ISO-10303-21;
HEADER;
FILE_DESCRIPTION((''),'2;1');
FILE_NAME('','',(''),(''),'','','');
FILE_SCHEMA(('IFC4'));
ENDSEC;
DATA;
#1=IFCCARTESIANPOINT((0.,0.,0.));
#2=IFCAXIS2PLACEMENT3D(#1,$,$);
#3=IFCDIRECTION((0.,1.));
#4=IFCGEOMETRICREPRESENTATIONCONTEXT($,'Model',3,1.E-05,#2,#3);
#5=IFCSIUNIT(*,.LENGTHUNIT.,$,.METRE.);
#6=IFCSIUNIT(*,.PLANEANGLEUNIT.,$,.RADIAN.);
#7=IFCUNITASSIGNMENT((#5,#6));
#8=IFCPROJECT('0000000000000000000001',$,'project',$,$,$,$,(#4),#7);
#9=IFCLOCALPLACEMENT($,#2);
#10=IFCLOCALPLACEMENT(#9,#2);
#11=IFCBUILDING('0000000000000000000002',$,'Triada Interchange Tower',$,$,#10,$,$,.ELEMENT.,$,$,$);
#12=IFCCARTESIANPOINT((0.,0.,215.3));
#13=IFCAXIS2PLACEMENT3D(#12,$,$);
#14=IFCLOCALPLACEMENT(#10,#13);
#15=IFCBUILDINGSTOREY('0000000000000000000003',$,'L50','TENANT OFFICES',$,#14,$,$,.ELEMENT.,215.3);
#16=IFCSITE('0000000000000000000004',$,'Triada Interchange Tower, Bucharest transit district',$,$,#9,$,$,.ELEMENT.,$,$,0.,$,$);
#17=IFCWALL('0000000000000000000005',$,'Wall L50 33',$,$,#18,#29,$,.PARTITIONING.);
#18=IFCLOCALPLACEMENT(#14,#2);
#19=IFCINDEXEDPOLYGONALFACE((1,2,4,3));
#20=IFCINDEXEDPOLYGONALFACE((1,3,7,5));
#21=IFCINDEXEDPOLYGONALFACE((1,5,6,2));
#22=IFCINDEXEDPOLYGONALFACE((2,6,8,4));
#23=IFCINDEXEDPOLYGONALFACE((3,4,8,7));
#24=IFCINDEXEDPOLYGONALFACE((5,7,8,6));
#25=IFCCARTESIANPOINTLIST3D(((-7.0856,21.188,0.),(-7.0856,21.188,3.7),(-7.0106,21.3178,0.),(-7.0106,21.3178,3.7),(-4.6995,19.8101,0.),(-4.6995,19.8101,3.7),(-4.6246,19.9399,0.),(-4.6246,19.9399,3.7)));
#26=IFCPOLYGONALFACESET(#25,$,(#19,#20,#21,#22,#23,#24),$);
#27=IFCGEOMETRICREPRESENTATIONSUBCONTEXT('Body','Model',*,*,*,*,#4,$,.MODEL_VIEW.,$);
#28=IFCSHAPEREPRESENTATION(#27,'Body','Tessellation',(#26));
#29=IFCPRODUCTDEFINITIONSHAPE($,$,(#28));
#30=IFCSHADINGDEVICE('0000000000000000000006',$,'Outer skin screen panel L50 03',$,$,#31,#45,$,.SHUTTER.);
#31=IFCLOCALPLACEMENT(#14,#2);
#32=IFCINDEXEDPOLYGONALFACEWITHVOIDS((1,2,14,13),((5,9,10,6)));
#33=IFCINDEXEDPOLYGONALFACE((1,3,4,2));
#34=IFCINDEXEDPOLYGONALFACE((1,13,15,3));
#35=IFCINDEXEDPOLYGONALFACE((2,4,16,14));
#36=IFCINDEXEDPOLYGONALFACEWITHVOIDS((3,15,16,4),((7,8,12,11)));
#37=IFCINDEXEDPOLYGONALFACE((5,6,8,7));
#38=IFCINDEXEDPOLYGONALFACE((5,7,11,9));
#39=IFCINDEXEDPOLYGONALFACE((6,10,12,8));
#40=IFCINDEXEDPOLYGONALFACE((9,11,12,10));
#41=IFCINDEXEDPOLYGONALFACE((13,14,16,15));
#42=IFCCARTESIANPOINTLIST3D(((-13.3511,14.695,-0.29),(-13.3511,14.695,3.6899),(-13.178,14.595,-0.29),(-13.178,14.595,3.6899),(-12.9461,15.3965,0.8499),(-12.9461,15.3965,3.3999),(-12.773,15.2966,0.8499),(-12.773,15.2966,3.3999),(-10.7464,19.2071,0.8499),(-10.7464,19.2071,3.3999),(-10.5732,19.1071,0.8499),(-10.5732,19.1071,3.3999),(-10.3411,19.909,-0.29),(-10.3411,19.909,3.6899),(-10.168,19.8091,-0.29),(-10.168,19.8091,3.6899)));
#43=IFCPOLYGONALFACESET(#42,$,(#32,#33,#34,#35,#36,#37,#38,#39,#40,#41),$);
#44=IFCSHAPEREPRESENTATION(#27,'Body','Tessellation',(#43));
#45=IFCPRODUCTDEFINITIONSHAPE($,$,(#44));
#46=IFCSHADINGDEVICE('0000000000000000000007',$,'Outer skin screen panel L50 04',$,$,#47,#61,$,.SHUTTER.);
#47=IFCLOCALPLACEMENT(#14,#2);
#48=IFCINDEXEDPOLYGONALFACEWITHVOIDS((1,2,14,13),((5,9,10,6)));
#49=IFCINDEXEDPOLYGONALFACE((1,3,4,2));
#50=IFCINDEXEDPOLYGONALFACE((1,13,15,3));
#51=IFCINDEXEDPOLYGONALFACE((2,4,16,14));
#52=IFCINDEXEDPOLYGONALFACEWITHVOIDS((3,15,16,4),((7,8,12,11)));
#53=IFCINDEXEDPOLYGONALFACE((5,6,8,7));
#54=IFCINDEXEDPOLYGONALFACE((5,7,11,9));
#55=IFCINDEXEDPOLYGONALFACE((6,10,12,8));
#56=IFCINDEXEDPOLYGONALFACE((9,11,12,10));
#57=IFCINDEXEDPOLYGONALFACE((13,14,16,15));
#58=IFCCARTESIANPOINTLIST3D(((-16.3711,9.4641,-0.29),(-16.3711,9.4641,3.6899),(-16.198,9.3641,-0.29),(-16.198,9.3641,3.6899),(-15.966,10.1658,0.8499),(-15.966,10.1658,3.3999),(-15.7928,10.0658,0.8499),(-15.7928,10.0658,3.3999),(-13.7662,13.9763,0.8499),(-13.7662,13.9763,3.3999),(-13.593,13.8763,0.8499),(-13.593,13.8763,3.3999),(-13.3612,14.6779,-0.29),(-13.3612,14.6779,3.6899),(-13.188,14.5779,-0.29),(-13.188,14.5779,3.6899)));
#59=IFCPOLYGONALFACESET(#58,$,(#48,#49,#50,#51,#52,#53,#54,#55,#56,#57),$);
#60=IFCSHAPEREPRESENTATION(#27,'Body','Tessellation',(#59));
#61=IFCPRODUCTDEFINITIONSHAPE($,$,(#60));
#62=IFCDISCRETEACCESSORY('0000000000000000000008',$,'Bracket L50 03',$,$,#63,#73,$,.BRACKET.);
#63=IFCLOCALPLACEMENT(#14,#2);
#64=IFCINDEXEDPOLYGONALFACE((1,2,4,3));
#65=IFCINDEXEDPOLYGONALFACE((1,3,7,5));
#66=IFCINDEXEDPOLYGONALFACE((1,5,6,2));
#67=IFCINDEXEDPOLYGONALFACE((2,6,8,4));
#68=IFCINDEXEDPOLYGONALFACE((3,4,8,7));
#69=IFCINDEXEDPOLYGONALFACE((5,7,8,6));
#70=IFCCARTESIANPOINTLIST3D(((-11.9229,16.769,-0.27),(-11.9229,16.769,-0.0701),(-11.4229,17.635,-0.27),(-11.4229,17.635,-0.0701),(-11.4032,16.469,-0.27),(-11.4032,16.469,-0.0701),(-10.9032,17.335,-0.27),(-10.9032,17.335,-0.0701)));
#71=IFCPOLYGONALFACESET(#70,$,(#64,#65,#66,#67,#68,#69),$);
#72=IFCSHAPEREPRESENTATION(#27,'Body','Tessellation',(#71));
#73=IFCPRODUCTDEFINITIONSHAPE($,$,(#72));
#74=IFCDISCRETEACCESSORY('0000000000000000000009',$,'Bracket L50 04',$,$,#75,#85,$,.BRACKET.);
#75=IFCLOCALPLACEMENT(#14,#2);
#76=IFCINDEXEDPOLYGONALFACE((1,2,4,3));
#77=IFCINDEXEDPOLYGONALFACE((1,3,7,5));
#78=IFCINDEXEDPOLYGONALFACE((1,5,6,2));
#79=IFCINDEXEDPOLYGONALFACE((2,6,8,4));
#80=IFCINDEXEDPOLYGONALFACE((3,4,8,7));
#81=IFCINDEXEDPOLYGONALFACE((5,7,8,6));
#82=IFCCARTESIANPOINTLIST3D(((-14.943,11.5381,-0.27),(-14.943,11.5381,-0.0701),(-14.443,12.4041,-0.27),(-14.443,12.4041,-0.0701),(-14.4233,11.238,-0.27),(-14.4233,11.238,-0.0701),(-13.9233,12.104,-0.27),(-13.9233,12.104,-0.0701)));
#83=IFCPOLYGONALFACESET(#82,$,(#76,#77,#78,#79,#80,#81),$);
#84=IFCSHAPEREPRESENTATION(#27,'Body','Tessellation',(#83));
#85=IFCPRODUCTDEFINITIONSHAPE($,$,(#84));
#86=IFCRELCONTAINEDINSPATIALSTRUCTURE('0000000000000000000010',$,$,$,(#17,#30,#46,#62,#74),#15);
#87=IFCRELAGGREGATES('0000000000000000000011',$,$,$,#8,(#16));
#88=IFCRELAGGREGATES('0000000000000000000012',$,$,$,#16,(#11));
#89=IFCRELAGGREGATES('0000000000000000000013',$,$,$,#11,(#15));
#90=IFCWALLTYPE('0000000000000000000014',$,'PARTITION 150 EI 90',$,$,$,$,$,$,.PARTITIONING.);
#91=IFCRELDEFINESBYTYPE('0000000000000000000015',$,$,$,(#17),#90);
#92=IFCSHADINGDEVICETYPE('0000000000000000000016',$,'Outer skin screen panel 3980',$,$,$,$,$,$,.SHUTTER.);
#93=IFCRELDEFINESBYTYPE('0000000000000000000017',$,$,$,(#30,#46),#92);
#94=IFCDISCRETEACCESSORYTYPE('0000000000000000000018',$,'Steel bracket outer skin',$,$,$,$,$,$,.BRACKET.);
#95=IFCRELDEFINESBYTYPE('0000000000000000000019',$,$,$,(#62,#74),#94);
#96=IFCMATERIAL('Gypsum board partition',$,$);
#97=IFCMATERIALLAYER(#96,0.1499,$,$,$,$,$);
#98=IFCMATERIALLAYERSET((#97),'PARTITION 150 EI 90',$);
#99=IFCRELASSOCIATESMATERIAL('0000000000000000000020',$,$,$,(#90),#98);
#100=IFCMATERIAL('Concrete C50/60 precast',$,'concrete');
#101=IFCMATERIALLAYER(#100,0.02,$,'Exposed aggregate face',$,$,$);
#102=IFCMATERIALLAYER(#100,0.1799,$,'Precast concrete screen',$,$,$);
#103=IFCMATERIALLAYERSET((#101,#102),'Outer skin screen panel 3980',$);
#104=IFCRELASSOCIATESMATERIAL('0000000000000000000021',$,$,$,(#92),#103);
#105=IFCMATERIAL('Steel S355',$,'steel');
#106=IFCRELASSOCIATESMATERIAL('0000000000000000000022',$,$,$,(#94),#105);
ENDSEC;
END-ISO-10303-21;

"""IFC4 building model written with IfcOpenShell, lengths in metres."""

from ifc_helpers import new_model, si_unit, direction, frame, frame_2d, origin, origin_2d, place, context, subcontext, project, spatial, polyline, rectangle, outline, extrude, material, layer, layer_set, type_object, element, save


model = new_model("IFC4")

# Units and contexts
model_context = context("Model", 3, precision=1e-05, world=origin(), true_north=direction((0.0, 1.0)))
body_context = subcontext(model_context, "Body", "Model", "MODEL_VIEW")
ifc_project = project(units=[si_unit("LENGTHUNIT", "METRE"), si_unit("PLANEANGLEUNIT", "RADIAN")], contexts=[model_context])

# Site, building, storey
site_placement = place(None, origin())
site = spatial("IfcSite", under=ifc_project, at=site_placement, Name="Triada Interchange Tower, Bucharest transit district", CompositionType="ELEMENT", RefElevation=0.0)
building_placement = place(site_placement, origin())
building = spatial("IfcBuilding", under=site, at=building_placement, Name="Triada Interchange Tower", CompositionType="ELEMENT")
storey_placement = place(building_placement, frame((0.0, 0.0, 215.3)))
storey = spatial("IfcBuildingStorey", under=building, at=storey_placement, Name="L50", Description="TENANT OFFICES", CompositionType="ELEMENT", Elevation=215.3)

# Shared definitions
ifc_material_1 = material(Name="Gypsum board partition")
ifc_layer_1 = layer(ifc_material_1, 0.1499)
ifc_layer_set_1 = layer_set([ifc_layer_1], Name="PARTITION 150 EI 90")
wall_type_1 = type_object("IfcWallType", Name="PARTITION 150 EI 90", PredefinedType="PARTITIONING", material=ifc_layer_set_1)

# Wall
wall_1_placement = place(storey_placement, frame((-7.0481, 21.2529, 0.0), z_axis=(0.0, 0.0, 1.0), x_axis=(0.865966, -0.500103, 0.0)))
element("IfcWall", 1, at=wall_1_placement, inside=storey, type_object=wall_type_1, Name="Wall L50 33", PredefinedType="PARTITIONING", context=body_context, shape_type="SweptSolid", body=[
    extrude(rectangle(XDim=2.7554, YDim=0.1499, at=frame_2d((1.3777, 0.0))), origin(), (0.0, 0.0, 1.0), 3.7),
])

# Shading devices
ifc_material_2 = material(Name="Concrete C50/60 precast", Category="concrete")
ifc_layer_2 = layer(ifc_material_2, 0.02, Name="Exposed aggregate face")
ifc_layer_3 = layer(ifc_material_2, 0.1799, Name="Precast concrete screen")
ifc_layer_set_2 = layer_set([ifc_layer_2, ifc_layer_3], Name="Outer skin screen panel 3980")
shading_device_type = type_object("IfcShadingDeviceType", Name="Outer skin screen panel 3980", PredefinedType="SHUTTER", material=ifc_layer_set_2)
shading_device_1_placement = place(storey_placement, frame((-10.168, 19.8091, -0.29), z_axis=(0.0, 0.0, 1.0), x_axis=(-0.499955, -0.866051, 0.0)))
element("IfcShadingDevice", 2, at=shading_device_1_placement, inside=storey, type_object=shading_device_type, Name="Outer skin screen panel L50 03", PredefinedType="SHUTTER", context=body_context, shape_type="SweptSolid", body=[
    extrude(outline(polyline([(0.0, 0.0), (6.0205, 0.0), (6.0205, 3.98), (0.0, 3.98), (0.0, 0.0)]), holes=[polyline([(0.8105, 1.1399), (0.8105, 3.6899), (5.2104, 3.6899), (5.2104, 1.1399), (0.8105, 1.1399)])]), frame((0.0, 0.0, 0.0), z_axis=(0.0, -1.0, 0.0), x_axis=(1.0, 0.0, 0.0)), (0.0, 0.0, 1.0), 0.2),
])
shading_device_2_placement = place(storey_placement, frame((-13.188, 14.5779, -0.29), z_axis=(0.0, 0.0, 1.0), x_axis=(-0.499973, -0.866041, 0.0)))
element("IfcShadingDevice", 3, at=shading_device_2_placement, inside=storey, type_object=shading_device_type, Name="Outer skin screen panel L50 04", PredefinedType="SHUTTER", context=body_context, shape_type="SweptSolid", body=[
    extrude(outline(polyline([(0.0, 0.0), (6.0203, 0.0), (6.0203, 3.98), (0.0, 3.98), (0.0, 0.0)]), holes=[polyline([(0.8101, 1.1399), (0.8101, 3.6899), (5.21, 3.6899), (5.21, 1.1399), (0.8101, 1.1399)])]), frame((0.0, 0.0, 0.0), z_axis=(0.0, -1.0, 0.0), x_axis=(1.0, 0.0, 0.0)), (0.0, 0.0, 1.0), 0.2),
])

# Discrete accessories
ifc_material_3 = material(Name="Steel S355", Category="steel")
discrete_accessory_type = type_object("IfcDiscreteAccessoryType", Name="Steel bracket outer skin", PredefinedType="BRACKET", material=ifc_material_3)
for number, where, z_axis, x_axis, name in (
    (4, (-11.4131, 17.052, -0.27), (0.0, 0.0, 1.0), (-0.866025, 0.500001, 0.0), "Bracket L50 03"),
    (5, (-14.4331, 11.821, -0.27), (0.0, 0.0, 1.0), (-0.866025, 0.500001, 0.0), "Bracket L50 04"),
):
    element("IfcDiscreteAccessory", number, at=place(storey_placement, frame(where, z_axis=z_axis, x_axis=x_axis)), inside=storey, type_object=discrete_accessory_type, Name=name, PredefinedType="BRACKET", context=body_context, shape_type="SweptSolid", body=[
        extrude(rectangle(XDim=0.6001, YDim=1.0, at=origin_2d()), origin(), (0.0, 0.0, 1.0), 0.2),
    ])

save(model, "model.ifc")
